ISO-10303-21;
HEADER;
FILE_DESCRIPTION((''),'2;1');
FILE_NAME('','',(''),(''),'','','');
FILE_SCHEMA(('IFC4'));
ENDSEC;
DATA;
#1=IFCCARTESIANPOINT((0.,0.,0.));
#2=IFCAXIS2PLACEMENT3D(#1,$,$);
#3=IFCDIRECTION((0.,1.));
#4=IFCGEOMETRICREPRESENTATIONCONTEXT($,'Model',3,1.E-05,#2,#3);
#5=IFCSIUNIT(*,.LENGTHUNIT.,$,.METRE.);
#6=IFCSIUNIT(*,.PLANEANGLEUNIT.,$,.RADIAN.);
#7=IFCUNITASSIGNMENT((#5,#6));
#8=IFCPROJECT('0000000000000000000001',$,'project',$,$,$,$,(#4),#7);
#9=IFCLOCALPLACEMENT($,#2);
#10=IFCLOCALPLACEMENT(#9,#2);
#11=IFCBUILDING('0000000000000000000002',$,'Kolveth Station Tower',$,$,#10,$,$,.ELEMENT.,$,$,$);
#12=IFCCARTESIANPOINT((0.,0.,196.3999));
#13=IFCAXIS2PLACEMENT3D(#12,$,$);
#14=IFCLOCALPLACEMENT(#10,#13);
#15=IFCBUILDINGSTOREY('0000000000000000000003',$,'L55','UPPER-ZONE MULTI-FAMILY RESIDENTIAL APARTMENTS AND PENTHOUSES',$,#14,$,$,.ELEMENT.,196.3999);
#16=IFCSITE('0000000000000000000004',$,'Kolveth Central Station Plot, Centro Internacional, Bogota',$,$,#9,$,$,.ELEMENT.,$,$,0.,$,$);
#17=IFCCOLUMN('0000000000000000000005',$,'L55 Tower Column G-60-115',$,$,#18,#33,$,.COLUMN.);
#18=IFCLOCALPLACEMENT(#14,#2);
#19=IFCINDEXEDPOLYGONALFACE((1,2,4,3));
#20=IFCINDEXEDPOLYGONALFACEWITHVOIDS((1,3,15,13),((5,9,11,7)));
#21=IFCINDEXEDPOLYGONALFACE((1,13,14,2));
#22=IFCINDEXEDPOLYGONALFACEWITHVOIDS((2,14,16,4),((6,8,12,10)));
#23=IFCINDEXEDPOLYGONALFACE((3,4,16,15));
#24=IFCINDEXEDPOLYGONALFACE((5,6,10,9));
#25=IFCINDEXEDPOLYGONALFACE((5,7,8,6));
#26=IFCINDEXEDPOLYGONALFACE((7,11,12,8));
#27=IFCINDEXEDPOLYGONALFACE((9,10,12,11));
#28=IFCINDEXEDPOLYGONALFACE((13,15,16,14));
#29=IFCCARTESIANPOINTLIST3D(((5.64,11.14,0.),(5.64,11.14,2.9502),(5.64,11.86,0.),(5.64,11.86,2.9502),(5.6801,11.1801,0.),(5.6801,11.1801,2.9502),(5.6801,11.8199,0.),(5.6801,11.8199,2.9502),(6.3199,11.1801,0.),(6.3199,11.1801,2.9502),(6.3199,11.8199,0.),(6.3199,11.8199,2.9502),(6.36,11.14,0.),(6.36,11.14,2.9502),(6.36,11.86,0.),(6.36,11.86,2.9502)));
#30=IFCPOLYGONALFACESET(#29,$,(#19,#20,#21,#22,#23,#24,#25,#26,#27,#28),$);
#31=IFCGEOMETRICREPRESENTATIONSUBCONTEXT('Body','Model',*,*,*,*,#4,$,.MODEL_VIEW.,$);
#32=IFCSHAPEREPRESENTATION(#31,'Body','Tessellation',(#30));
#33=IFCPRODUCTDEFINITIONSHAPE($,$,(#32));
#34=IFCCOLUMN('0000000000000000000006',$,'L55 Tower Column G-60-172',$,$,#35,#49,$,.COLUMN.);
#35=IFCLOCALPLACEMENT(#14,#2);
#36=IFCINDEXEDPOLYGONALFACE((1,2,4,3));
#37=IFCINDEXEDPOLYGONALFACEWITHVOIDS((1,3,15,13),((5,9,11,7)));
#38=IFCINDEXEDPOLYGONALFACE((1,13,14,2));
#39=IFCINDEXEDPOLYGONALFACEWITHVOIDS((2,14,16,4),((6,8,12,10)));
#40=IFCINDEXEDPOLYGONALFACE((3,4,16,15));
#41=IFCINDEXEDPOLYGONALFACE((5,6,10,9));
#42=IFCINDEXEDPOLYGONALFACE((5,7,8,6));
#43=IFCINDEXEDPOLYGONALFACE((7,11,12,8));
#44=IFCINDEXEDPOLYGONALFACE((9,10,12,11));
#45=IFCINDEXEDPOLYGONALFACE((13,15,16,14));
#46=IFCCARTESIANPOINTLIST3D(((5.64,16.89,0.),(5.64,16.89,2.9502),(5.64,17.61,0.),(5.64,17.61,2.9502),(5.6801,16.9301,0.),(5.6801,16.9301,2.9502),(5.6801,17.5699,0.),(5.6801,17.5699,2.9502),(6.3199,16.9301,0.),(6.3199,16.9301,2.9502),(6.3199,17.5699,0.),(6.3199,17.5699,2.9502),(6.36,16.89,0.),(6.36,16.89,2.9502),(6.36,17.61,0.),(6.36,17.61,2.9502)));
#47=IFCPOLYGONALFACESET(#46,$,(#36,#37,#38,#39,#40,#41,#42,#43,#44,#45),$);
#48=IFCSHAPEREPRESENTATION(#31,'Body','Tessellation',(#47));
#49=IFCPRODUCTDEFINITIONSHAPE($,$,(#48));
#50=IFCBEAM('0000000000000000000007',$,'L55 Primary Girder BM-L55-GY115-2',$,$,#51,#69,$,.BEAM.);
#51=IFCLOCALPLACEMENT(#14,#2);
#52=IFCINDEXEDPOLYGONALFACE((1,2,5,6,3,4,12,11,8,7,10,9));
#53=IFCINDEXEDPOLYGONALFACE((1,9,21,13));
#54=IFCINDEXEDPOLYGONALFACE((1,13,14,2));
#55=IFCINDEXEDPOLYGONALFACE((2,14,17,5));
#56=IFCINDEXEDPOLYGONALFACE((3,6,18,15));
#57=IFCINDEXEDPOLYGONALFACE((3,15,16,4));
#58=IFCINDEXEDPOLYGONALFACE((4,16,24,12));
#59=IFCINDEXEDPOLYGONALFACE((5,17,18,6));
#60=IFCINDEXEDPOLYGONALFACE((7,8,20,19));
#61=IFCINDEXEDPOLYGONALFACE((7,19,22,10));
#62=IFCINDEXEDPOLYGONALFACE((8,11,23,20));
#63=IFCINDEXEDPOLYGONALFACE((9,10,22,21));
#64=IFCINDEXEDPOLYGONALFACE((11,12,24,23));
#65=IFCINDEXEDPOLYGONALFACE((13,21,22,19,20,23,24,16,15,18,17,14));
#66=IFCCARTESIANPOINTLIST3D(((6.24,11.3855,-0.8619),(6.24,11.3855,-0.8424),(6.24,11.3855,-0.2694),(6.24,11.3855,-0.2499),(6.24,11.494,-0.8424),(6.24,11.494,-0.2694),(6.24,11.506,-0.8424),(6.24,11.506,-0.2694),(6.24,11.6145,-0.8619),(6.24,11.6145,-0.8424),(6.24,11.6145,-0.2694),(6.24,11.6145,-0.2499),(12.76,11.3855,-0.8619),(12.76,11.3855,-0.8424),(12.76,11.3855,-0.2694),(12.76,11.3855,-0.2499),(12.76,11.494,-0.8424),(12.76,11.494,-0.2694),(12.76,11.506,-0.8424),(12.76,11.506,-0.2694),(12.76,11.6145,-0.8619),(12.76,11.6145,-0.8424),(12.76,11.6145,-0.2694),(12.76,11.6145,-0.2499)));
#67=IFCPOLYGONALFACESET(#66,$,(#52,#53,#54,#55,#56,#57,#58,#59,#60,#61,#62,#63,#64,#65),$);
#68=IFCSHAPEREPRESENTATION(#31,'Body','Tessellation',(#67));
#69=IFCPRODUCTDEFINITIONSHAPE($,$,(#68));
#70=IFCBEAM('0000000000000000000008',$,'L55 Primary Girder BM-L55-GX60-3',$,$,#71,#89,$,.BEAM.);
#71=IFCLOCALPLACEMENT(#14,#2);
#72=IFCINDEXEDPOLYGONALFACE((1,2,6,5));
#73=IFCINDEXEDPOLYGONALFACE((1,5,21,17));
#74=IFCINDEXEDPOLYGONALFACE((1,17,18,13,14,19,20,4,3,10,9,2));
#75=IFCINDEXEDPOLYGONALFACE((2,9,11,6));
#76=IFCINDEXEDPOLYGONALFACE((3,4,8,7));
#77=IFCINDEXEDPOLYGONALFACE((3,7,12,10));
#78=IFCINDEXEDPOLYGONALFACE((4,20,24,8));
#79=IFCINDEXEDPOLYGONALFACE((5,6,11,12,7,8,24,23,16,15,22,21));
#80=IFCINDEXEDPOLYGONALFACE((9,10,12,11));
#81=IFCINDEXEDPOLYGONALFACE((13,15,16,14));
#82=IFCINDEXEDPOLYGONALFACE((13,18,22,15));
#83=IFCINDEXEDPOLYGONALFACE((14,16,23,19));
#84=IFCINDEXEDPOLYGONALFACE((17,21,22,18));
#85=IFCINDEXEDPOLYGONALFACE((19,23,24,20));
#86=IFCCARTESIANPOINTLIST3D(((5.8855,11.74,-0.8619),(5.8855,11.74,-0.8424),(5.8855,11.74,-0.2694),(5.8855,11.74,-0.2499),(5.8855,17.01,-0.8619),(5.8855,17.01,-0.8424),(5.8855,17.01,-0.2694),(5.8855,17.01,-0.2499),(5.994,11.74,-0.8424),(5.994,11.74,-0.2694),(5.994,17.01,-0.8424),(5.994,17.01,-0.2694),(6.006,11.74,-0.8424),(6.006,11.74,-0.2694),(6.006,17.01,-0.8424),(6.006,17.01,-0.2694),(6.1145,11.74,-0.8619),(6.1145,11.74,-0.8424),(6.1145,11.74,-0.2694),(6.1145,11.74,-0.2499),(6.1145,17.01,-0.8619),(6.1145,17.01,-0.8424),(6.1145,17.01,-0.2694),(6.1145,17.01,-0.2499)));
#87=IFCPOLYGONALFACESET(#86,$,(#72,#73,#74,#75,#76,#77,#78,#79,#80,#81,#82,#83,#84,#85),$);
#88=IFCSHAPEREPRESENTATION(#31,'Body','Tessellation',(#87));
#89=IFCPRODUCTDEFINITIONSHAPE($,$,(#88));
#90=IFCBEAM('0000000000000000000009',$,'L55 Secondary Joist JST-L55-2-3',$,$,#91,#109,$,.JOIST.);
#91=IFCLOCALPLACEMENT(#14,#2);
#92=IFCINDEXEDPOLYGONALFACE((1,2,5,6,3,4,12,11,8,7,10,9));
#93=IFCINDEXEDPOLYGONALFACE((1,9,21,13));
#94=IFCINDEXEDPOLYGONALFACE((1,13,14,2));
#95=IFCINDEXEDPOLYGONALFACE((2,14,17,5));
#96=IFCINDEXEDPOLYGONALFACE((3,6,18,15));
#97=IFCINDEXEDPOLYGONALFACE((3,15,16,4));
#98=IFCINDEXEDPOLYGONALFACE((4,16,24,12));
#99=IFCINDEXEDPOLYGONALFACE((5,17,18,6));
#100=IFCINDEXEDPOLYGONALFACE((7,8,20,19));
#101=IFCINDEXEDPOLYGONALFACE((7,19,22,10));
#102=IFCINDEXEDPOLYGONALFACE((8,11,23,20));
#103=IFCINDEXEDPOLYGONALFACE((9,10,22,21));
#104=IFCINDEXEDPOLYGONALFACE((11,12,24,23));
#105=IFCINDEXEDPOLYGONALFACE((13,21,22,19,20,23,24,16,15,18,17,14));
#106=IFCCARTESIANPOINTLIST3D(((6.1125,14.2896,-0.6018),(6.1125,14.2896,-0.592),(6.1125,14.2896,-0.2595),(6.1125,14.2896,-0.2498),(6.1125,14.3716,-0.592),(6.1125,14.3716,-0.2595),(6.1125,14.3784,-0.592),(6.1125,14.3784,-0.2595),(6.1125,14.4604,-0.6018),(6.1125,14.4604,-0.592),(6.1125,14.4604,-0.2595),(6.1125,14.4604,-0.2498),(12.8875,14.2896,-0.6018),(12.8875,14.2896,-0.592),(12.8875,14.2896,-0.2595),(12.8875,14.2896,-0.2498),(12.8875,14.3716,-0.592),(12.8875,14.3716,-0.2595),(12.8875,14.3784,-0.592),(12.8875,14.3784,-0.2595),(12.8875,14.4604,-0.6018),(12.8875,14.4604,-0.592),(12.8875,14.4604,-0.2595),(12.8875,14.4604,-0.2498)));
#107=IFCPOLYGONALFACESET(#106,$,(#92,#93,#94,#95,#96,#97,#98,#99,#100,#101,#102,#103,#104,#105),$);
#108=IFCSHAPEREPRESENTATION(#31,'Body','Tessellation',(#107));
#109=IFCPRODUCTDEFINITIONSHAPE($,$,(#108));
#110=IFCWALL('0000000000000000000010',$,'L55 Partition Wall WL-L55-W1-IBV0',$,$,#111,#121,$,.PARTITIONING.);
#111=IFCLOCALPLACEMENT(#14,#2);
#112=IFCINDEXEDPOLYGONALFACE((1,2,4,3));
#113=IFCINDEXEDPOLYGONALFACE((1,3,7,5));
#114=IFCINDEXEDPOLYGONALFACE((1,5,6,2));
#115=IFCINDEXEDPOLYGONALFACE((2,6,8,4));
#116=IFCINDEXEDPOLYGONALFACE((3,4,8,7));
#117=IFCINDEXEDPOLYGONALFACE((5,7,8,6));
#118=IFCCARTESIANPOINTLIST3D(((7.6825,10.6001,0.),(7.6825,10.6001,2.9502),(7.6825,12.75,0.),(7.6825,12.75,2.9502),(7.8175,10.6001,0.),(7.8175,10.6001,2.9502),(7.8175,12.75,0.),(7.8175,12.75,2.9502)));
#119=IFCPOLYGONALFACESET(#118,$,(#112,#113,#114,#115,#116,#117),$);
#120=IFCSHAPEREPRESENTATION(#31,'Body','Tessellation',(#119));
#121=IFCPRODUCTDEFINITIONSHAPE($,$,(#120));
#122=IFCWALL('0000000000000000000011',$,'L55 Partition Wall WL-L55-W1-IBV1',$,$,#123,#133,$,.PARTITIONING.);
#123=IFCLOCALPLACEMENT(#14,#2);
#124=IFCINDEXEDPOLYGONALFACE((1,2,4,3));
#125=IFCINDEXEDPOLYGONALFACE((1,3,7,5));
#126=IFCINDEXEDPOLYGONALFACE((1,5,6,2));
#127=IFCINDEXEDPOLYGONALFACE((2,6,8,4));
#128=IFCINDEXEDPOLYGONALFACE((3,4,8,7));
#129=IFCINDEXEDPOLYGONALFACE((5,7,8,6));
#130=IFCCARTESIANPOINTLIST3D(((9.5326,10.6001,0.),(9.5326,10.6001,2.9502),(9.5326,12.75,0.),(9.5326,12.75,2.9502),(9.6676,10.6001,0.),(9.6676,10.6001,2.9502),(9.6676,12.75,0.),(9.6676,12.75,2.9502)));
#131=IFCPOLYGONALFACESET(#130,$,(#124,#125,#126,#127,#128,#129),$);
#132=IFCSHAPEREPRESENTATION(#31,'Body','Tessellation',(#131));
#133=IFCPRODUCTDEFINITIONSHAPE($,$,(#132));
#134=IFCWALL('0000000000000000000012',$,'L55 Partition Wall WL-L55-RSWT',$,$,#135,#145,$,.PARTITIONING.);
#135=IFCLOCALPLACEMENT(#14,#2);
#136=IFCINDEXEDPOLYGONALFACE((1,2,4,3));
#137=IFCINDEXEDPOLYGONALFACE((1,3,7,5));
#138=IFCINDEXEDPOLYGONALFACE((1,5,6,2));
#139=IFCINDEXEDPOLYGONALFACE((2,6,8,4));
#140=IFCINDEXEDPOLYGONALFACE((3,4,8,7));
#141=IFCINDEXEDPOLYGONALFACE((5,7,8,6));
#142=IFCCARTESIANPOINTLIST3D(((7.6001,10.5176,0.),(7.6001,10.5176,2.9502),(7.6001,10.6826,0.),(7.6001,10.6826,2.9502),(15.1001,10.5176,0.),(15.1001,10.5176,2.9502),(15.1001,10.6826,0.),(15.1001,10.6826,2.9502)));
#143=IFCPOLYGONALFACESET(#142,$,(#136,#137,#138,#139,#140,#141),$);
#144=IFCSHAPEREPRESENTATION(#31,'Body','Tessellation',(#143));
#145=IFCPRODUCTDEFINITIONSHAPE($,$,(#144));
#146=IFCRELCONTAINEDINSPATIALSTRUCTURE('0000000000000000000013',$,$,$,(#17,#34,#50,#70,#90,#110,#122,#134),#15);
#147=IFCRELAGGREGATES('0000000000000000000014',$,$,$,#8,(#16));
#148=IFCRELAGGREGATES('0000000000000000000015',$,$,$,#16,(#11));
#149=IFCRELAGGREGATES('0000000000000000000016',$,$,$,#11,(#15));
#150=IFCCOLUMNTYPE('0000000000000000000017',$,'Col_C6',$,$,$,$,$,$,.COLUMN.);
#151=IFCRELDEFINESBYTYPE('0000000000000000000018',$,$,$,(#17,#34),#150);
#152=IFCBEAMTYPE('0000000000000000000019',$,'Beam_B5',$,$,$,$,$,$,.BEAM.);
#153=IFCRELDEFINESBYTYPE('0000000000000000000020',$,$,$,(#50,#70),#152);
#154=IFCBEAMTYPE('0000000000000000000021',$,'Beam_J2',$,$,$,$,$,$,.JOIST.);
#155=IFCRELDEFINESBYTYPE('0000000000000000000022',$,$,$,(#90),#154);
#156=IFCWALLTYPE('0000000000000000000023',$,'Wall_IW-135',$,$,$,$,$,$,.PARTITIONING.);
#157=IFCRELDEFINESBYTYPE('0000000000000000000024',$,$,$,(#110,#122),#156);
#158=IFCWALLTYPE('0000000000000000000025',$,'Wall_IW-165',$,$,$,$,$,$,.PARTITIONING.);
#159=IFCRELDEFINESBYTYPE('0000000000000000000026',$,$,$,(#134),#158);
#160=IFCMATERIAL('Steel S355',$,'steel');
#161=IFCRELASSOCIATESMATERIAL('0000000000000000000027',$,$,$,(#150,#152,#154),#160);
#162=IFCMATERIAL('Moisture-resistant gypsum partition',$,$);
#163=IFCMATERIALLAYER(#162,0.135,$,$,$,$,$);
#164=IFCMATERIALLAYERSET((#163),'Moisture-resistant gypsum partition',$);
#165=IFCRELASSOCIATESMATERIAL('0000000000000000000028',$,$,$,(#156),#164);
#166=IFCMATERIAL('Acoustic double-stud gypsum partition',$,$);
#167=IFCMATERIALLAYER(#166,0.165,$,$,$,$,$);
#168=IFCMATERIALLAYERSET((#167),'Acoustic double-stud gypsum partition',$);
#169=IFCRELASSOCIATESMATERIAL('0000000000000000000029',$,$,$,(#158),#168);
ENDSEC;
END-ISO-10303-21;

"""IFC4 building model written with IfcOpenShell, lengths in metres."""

from ifc_helpers import new_model, si_unit, direction, frame, frame_2d, origin, origin_2d, place, context, subcontext, project, spatial, rectangle, hollow_rectangle, i_section, extrude, source, transform, mapped, material, layer, layer_set, material_profile, profile_set, type_object, element, save


model = new_model("IFC4")

# Units and contexts
model_context = context("Model", 3, precision=1e-05, world=origin(), true_north=direction((0.0, 1.0)))
body_context = subcontext(model_context, "Body", "Model", "MODEL_VIEW")
ifc_project = project(units=[si_unit("LENGTHUNIT", "METRE"), si_unit("PLANEANGLEUNIT", "RADIAN")], contexts=[model_context])

# Site, building, storey
site_placement = place(None, origin())
site = spatial("IfcSite", under=ifc_project, at=site_placement, Name="Kolveth Central Station Plot, Centro Internacional, Bogota", CompositionType="ELEMENT", RefElevation=0.0)
building_placement = place(site_placement, origin())
building = spatial("IfcBuilding", under=site, at=building_placement, Name="Kolveth Station Tower", CompositionType="ELEMENT")
storey_placement = place(building_placement, frame((0.0, 0.0, 196.3999)))
storey = spatial("IfcBuildingStorey", under=building, at=storey_placement, Name="L55", Description="UPPER-ZONE MULTI-FAMILY RESIDENTIAL APARTMENTS AND PENTHOUSES", CompositionType="ELEMENT", Elevation=196.3999)

# Columns
ifc_material_1 = material(Name="Steel S355", Category="steel")
ifc_material_profile_1 = material_profile(ifc_material_1, hollow_rectangle(XDim=0.72, YDim=0.72, WallThickness=0.04, at=origin_2d()), Name="BOX720x720x40")
ifc_profile_set_1 = profile_set([ifc_material_profile_1], Name="Steel S355")
column_type = type_object("IfcColumnType", Name="Col_C6", PredefinedType="COLUMN", material=ifc_profile_set_1)
shared_shape_1 = source(origin(), body_context, "Body", "SweptSolid", [
    extrude(hollow_rectangle(XDim=0.72, YDim=0.72, WallThickness=0.04, at=origin_2d()), origin(), (0.0, 0.0, 1.0), 2.9502),
])
for number, where, z_axis, x_axis, name in (
    (1, (6.0, 11.5, 0.0), (0.0, 0.0, 1.0), (1.0, 0.0, 0.0), "L55 Tower Column G-60-115"),
    (2, (6.0, 17.25, 0.0), (0.0, 0.0, 1.0), (1.0, 0.0, 0.0), "L55 Tower Column G-60-172"),
):
    element("IfcColumn", number, at=place(storey_placement, frame(where, z_axis=z_axis, x_axis=x_axis)), inside=storey, type_object=column_type, Name=name, PredefinedType="COLUMN", context=body_context, shape_type="MappedRepresentation", body=[
        mapped(shared_shape_1, transform((0.0, 0.0, 0.0), x_axis=(1.0, 0.0, 0.0), y_axis=(0.0, 1.0, 0.0), z_axis=(0.0, 0.0, 1.0), scale=1.0)),
    ])

# Beams
ifc_material_profile_2 = material_profile(ifc_material_1, i_section(OverallWidth=0.229, OverallDepth=0.6121, WebThickness=0.012, FlangeThickness=0.0195, at=origin_2d()), Name="W610x125")
ifc_profile_set_2 = profile_set([ifc_material_profile_2], Name="Steel S355")
beam_type_1 = type_object("IfcBeamType", Name="Beam_B5", PredefinedType="BEAM", material=ifc_profile_set_2)
shared_shape_2 = source(origin(), body_context, "Body", "SweptSolid", [
    extrude(i_section(OverallWidth=0.229, OverallDepth=0.6121, WebThickness=0.012, FlangeThickness=0.0195, at=origin_2d()), origin(), (0.0, 0.0, 1.0), 6.52),
])
beam_1_placement = place(storey_placement, frame((6.24, 11.5, -0.5559), z_axis=(1.0, 0.0, 0.0), x_axis=(0.0, 1.0, 0.0)))
element("IfcBeam", 3, at=beam_1_placement, inside=storey, type_object=beam_type_1, Name="L55 Primary Girder BM-L55-GY115-2", PredefinedType="BEAM", context=body_context, shape_type="MappedRepresentation", body=[
    mapped(shared_shape_2, transform((0.0, 0.0, 0.0), x_axis=(1.0, 0.0, 0.0), y_axis=(0.0, 1.0, 0.0), z_axis=(0.0, 0.0, 1.0), scale=1.0)),
])
shared_shape_3 = source(origin(), body_context, "Body", "SweptSolid", [
    extrude(i_section(OverallWidth=0.229, OverallDepth=0.6121, WebThickness=0.012, FlangeThickness=0.0195, at=origin_2d()), origin(), (0.0, 0.0, 1.0), 5.27),
])
beam_2_placement = place(storey_placement, frame((6.0, 11.74, -0.5559), z_axis=(0.0, 1.0, 0.0), x_axis=(-1.0, 0.0, 0.0)))
element("IfcBeam", 4, at=beam_2_placement, inside=storey, type_object=beam_type_1, Name="L55 Primary Girder BM-L55-GX60-3", PredefinedType="BEAM", context=body_context, shape_type="MappedRepresentation", body=[
    mapped(shared_shape_3, transform((0.0, 0.0, 0.0), x_axis=(1.0, 0.0, 0.0), y_axis=(0.0, 1.0, 0.0), z_axis=(0.0, 0.0, 1.0), scale=1.0)),
])
ifc_material_profile_3 = material_profile(ifc_material_1, i_section(OverallWidth=0.1709, OverallDepth=0.3521, WebThickness=0.0068, FlangeThickness=0.0098, at=origin_2d()), Name="W360x44")
ifc_profile_set_3 = profile_set([ifc_material_profile_3], Name="Steel S355")
beam_type_2 = type_object("IfcBeamType", Name="Beam_J2", PredefinedType="JOIST", material=ifc_profile_set_3)
shared_shape_4 = source(origin(), body_context, "Body", "SweptSolid", [
    extrude(i_section(OverallWidth=0.1709, OverallDepth=0.3521, WebThickness=0.0068, FlangeThickness=0.0098, at=origin_2d()), origin(), (0.0, 0.0, 1.0), 6.7749),
])
beam_3_placement = place(storey_placement, frame((6.1125, 14.375, -0.4258), z_axis=(1.0, 0.0, 0.0), x_axis=(0.0, 1.0, 0.0)))
element("IfcBeam", 5, at=beam_3_placement, inside=storey, type_object=beam_type_2, Name="L55 Secondary Joist JST-L55-2-3", PredefinedType="JOIST", context=body_context, shape_type="MappedRepresentation", body=[
    mapped(shared_shape_4, transform((0.0, 0.0, 0.0), x_axis=(1.0, 0.0, 0.0), y_axis=(0.0, 1.0, 0.0), z_axis=(0.0, 0.0, 1.0), scale=1.0)),
])

# Shared definitions
ifc_material_2 = material(Name="Moisture-resistant gypsum partition")
ifc_layer_1 = layer(ifc_material_2, 0.135)
ifc_layer_set_1 = layer_set([ifc_layer_1], Name="Moisture-resistant gypsum partition")
wall_type_1 = type_object("IfcWallType", Name="Wall_IW-135", PredefinedType="PARTITIONING", material=ifc_layer_set_1)

# Walls
for number, where, z_axis, x_axis, name in (
    (6, (7.75, 10.6001, 0.0), (0.0, 0.0, 1.0), (0.0, 1.0, 0.0), "L55 Partition Wall WL-L55-W1-IBV0"),
    (7, (9.6001, 10.6001, 0.0), (0.0, 0.0, 1.0), (0.0, 1.0, 0.0), "L55 Partition Wall WL-L55-W1-IBV1"),
):
    element("IfcWall", number, at=place(storey_placement, frame(where, z_axis=z_axis, x_axis=x_axis)), inside=storey, type_object=wall_type_1, Name=name, PredefinedType="PARTITIONING", context=body_context, shape_type="SweptSolid", body=[
        extrude(rectangle(XDim=2.1499, YDim=0.135, at=frame_2d((1.075, 0.0))), origin(), (0.0, 0.0, 1.0), 2.9502),
    ])

# Wall
ifc_material_3 = material(Name="Acoustic double-stud gypsum partition")
ifc_layer_2 = layer(ifc_material_3, 0.165)
ifc_layer_set_2 = layer_set([ifc_layer_2], Name="Acoustic double-stud gypsum partition")
wall_type_2 = type_object("IfcWallType", Name="Wall_IW-165", PredefinedType="PARTITIONING", material=ifc_layer_set_2)
wall_1_placement = place(storey_placement, frame((7.6001, 10.6001, 0.0), z_axis=(0.0, 0.0, 1.0), x_axis=(1.0, 0.0, 0.0)))
element("IfcWall", 8, at=wall_1_placement, inside=storey, type_object=wall_type_2, Name="L55 Partition Wall WL-L55-RSWT", PredefinedType="PARTITIONING", context=body_context, shape_type="SweptSolid", body=[
    extrude(rectangle(XDim=7.5, YDim=0.165, at=frame_2d((3.75, 0.0))), origin(), (0.0, 0.0, 1.0), 2.9502),
])

save(model, "model.ifc")
